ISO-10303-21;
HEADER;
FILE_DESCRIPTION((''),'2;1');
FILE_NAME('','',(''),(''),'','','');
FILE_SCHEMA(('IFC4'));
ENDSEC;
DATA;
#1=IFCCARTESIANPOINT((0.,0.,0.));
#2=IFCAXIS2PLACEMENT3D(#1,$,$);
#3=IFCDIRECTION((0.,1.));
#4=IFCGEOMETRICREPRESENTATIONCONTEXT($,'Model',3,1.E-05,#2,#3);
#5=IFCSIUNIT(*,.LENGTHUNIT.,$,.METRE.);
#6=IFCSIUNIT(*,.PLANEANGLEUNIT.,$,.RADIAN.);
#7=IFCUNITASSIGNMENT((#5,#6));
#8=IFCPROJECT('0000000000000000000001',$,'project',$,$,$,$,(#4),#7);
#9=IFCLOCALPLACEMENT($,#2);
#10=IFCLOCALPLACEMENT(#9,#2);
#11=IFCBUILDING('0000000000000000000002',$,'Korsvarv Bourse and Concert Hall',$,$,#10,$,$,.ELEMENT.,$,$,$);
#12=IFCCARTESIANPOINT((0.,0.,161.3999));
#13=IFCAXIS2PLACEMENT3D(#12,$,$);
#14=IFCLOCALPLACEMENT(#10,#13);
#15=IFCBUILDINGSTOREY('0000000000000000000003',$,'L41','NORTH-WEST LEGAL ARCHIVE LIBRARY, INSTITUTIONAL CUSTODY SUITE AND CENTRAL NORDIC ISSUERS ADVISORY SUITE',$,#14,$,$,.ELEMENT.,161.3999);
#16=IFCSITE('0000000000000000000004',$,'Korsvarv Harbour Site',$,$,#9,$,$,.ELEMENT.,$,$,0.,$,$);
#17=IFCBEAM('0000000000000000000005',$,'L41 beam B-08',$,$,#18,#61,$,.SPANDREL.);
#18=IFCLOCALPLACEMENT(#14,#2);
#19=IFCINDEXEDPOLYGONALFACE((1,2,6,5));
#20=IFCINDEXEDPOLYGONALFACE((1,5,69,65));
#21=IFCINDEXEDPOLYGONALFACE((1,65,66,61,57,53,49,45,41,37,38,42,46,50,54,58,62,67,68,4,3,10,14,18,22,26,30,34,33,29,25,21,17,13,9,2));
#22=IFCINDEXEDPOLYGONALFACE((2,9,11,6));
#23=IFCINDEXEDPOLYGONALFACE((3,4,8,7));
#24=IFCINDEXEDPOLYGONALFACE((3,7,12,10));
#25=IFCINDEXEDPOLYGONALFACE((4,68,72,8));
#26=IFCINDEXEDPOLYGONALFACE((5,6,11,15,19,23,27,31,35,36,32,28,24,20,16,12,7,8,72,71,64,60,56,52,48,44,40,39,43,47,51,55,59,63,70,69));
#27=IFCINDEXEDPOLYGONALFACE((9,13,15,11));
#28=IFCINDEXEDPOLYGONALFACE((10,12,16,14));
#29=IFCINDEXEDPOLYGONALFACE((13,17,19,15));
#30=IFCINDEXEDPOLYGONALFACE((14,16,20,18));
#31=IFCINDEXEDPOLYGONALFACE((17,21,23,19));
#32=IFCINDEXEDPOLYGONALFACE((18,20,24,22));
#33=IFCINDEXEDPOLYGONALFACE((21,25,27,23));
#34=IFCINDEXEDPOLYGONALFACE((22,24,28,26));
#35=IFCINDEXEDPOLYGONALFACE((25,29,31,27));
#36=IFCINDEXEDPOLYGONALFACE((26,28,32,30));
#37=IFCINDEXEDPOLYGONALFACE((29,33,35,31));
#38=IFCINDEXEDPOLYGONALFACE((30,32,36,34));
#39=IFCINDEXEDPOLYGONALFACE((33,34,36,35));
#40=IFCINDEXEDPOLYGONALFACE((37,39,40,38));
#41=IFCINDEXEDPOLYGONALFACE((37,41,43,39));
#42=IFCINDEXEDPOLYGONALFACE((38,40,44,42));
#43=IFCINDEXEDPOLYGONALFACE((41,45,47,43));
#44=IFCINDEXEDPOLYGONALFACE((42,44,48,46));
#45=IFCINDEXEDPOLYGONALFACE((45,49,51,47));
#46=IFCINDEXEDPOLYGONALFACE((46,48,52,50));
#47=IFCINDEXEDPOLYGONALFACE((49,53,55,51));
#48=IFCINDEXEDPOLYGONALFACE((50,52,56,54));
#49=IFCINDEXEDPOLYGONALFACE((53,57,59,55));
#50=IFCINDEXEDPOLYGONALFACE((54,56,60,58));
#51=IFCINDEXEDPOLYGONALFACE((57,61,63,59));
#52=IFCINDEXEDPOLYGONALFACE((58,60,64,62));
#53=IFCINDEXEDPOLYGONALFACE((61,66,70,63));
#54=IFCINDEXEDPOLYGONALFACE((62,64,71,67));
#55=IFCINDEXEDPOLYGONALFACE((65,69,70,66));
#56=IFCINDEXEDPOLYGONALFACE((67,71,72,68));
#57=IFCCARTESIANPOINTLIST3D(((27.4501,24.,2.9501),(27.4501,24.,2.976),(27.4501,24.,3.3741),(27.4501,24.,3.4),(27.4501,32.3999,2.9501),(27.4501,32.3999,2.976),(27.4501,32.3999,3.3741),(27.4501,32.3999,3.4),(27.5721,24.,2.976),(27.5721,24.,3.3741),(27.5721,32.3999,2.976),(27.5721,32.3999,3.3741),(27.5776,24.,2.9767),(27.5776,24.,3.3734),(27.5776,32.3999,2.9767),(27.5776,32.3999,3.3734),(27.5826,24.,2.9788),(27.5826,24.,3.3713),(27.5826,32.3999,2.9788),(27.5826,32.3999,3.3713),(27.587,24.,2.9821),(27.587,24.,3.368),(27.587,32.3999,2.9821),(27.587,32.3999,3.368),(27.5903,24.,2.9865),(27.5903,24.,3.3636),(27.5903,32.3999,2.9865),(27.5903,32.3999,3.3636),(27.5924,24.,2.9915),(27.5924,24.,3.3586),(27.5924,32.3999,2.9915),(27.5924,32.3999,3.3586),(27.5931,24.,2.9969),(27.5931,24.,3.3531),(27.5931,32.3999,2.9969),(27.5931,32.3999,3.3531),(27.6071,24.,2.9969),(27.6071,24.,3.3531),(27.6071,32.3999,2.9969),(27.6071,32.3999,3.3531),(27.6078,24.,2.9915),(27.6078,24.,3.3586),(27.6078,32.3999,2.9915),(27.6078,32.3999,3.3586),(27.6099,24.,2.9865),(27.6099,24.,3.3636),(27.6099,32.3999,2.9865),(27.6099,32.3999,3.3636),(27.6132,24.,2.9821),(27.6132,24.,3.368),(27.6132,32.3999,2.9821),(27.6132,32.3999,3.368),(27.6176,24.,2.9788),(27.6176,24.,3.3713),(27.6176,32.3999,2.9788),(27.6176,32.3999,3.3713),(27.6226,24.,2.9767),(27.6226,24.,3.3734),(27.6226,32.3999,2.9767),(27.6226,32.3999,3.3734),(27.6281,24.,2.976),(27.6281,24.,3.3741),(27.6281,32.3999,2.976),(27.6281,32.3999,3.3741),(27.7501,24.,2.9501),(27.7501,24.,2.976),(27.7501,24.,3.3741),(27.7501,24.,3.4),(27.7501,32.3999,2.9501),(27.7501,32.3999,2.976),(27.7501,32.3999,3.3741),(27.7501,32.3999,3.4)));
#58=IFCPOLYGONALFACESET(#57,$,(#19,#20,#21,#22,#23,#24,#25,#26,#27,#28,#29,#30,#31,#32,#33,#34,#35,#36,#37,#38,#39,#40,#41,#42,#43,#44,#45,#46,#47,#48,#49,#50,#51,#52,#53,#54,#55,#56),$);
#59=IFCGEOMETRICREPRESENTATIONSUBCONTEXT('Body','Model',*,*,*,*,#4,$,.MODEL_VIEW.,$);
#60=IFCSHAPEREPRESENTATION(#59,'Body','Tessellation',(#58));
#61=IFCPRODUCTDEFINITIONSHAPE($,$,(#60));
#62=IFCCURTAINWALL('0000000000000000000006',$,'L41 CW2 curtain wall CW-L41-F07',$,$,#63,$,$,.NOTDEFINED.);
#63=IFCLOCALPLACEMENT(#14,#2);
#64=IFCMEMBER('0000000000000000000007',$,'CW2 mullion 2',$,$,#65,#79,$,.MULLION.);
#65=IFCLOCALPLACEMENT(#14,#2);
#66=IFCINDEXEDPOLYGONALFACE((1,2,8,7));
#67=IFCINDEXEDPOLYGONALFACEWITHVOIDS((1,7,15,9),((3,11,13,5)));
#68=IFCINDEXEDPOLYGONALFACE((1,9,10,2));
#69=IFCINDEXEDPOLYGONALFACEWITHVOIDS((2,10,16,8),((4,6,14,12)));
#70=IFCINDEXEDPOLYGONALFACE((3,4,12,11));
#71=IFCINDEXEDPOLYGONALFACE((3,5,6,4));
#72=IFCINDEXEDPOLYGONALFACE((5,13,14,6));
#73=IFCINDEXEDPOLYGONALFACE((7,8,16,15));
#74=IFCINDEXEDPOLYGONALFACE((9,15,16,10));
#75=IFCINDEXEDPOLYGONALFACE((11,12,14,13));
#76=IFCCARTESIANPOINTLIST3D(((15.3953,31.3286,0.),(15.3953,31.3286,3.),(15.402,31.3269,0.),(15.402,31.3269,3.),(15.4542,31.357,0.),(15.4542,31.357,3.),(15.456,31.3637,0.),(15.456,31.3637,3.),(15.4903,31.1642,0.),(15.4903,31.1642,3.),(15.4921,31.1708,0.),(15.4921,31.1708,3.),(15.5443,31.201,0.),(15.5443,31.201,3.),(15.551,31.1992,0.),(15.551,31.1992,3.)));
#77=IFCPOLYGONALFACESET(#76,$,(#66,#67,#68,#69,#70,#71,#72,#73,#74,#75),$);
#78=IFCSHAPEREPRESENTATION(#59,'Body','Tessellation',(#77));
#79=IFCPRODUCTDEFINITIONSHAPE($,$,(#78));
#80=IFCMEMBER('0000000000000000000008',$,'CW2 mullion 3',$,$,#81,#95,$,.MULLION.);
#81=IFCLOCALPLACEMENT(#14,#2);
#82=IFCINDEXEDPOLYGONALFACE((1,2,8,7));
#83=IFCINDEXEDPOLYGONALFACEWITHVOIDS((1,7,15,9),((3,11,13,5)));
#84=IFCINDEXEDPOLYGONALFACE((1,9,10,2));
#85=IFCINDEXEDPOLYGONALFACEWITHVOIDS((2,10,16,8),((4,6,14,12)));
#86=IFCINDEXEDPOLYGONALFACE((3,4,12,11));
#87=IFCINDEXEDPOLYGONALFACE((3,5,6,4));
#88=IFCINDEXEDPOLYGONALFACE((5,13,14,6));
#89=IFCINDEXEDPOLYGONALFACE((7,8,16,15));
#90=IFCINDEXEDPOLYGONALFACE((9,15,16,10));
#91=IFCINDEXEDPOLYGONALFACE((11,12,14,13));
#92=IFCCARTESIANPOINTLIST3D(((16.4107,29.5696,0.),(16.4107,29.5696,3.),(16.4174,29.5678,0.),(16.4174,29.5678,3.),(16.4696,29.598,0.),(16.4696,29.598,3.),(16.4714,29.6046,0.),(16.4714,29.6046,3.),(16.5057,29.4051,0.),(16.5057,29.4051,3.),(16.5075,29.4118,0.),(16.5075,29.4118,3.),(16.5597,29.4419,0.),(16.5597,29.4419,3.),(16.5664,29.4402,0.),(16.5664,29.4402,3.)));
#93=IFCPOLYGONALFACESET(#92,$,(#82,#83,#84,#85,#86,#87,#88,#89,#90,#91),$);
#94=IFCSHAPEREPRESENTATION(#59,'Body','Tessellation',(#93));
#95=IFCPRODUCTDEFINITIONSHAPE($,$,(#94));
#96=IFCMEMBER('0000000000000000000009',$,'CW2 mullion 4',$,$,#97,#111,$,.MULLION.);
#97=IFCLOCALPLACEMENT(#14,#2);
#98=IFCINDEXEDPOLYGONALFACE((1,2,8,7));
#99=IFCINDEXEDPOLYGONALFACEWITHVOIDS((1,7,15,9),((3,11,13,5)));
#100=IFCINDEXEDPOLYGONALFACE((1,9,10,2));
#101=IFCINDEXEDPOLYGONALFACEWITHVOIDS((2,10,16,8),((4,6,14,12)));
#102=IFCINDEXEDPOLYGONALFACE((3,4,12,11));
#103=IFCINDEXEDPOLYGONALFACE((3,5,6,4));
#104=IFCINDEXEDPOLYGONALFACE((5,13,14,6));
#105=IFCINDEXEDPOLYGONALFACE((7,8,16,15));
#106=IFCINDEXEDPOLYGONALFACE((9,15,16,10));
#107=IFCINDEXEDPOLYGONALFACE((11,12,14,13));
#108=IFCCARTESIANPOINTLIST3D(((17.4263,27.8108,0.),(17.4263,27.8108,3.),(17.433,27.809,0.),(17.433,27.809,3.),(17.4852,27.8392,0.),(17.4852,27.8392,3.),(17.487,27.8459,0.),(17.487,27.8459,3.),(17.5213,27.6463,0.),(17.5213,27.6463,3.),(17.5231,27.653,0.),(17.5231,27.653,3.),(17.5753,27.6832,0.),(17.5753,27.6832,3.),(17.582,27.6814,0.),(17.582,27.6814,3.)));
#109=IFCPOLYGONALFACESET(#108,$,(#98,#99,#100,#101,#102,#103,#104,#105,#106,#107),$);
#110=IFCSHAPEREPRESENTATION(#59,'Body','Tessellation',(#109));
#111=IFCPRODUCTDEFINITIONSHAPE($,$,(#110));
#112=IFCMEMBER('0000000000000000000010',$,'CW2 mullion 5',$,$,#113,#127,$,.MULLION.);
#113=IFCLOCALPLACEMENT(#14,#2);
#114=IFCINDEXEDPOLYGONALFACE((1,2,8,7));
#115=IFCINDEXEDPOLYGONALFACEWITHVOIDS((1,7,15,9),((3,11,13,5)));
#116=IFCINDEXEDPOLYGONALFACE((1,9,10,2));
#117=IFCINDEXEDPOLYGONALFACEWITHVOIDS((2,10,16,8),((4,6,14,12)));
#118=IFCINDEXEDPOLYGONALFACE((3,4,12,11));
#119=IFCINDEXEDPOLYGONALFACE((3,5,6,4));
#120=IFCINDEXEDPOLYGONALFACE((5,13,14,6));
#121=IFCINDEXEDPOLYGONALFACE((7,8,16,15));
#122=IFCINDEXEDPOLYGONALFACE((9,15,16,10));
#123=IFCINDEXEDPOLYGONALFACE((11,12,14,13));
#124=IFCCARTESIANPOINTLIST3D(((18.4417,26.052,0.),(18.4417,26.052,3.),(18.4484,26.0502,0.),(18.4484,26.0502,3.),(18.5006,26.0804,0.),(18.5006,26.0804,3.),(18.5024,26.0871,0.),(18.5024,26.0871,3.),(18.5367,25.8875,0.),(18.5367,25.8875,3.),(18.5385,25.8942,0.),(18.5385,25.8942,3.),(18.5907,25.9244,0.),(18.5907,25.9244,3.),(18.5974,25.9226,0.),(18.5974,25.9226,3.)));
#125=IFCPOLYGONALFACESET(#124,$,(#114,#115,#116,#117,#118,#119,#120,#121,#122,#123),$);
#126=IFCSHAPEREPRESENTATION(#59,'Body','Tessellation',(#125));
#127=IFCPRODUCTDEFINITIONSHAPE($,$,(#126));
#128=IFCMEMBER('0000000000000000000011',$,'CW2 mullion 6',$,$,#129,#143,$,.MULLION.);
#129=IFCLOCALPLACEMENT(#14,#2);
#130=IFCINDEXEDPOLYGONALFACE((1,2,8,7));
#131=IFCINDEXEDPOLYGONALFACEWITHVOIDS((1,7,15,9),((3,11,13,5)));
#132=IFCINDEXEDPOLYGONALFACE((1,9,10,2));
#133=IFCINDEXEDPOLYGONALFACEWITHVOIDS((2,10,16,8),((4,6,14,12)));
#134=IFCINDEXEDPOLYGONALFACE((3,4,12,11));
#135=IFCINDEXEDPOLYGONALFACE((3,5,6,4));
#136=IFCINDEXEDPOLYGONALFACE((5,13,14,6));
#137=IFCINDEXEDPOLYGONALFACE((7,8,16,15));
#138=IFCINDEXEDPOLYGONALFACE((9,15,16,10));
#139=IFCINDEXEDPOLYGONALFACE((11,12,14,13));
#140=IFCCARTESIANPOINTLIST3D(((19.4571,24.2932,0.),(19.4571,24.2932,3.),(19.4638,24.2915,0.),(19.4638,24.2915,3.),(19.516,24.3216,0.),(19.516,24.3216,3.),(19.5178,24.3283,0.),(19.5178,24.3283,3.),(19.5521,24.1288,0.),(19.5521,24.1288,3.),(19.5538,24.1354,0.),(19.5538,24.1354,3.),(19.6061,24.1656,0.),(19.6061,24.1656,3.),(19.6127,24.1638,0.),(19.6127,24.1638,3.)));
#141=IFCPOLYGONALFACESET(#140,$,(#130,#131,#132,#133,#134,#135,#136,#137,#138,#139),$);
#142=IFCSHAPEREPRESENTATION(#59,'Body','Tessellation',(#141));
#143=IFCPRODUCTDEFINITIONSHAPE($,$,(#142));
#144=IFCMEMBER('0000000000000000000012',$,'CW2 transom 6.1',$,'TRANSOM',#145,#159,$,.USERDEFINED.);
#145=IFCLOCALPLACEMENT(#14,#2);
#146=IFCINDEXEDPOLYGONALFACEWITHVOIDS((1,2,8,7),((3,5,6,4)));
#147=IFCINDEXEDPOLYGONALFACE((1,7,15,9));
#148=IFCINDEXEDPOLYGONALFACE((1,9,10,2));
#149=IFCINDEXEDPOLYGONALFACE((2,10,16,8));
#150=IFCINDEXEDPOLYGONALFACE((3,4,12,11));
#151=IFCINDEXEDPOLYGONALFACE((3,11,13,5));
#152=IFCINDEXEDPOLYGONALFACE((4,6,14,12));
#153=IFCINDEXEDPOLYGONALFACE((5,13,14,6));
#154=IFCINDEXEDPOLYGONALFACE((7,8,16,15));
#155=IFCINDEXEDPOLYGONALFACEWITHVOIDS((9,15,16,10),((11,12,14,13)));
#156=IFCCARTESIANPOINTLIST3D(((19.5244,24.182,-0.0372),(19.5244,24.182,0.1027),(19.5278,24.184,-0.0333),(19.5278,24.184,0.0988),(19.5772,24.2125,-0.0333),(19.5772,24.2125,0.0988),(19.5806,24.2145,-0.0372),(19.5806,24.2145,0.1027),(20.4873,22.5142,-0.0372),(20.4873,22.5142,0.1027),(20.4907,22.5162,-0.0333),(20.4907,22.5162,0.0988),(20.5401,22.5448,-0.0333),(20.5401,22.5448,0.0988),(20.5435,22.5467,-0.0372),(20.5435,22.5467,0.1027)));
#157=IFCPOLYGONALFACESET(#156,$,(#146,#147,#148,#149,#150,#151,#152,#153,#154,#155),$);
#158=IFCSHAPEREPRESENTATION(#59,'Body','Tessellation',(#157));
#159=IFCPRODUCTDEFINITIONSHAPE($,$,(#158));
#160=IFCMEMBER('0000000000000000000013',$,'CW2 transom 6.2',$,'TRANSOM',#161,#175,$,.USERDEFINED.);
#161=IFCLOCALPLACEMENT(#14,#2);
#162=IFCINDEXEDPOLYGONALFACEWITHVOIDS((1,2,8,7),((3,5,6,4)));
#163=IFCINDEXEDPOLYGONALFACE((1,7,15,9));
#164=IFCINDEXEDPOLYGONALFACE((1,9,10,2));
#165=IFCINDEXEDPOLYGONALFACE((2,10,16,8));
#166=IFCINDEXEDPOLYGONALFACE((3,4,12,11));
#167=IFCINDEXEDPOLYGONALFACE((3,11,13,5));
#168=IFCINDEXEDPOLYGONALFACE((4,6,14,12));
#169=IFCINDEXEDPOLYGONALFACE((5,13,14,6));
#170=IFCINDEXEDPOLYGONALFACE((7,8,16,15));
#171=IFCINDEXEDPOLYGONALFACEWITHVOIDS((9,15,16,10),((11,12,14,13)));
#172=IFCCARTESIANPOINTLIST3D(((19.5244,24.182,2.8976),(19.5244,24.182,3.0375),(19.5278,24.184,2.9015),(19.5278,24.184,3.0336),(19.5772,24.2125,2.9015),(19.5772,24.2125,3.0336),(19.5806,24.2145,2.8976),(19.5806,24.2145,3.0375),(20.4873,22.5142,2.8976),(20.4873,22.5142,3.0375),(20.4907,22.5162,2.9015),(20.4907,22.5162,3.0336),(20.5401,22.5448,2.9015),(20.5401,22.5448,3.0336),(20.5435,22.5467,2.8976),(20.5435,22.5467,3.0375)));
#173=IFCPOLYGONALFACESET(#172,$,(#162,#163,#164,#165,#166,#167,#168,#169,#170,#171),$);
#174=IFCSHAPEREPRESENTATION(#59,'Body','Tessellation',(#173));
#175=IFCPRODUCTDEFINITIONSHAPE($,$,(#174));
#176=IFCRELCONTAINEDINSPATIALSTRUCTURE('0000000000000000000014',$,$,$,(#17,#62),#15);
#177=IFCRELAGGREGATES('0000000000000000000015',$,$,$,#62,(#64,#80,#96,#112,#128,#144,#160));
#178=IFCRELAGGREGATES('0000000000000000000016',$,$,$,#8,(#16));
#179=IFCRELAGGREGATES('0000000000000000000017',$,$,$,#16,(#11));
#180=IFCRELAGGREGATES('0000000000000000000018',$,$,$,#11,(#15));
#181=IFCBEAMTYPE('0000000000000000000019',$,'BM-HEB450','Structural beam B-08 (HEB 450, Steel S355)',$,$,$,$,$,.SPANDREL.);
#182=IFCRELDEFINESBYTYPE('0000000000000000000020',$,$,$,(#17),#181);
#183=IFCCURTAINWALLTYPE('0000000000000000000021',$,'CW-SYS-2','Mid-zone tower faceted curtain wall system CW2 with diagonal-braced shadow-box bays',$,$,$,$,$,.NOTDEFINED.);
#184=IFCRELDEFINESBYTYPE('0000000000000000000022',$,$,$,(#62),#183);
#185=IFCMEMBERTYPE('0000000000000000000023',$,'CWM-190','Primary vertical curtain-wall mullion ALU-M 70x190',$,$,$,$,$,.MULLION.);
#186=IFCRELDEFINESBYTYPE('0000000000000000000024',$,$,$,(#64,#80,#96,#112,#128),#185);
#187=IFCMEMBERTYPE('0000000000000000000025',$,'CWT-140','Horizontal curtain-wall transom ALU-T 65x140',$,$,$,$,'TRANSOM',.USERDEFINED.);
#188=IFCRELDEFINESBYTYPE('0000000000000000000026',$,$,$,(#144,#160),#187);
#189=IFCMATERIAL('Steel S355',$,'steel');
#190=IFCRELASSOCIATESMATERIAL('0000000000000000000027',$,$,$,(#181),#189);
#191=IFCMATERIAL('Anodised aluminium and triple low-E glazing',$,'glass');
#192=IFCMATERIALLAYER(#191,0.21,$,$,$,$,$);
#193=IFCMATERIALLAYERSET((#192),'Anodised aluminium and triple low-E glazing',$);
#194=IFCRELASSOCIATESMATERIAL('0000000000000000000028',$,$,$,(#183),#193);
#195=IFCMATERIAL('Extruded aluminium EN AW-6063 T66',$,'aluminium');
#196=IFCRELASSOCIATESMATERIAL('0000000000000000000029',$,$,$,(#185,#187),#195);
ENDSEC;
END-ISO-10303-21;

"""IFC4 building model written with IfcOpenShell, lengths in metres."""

from ifc_helpers import new_model, si_unit, direction, frame, origin, origin_2d, place, context, subcontext, project, spatial, hollow_rectangle, i_section, extrude, source, transform, mapped, material, layer, layer_set, material_profile, profile_set, type_object, element, aggregate, save


model = new_model("IFC4")

# Units and contexts
model_context = context("Model", 3, precision=1e-05, world=origin(), true_north=direction((0.0, 1.0)))
body_context = subcontext(model_context, "Body", "Model", "MODEL_VIEW")
ifc_project = project(units=[si_unit("LENGTHUNIT", "METRE"), si_unit("PLANEANGLEUNIT", "RADIAN")], contexts=[model_context])

# Site, building, storey
site_placement = place(None, origin())
site = spatial("IfcSite", under=ifc_project, at=site_placement, Name="Korsvarv Harbour Site", CompositionType="ELEMENT", RefElevation=0.0)
building_placement = place(site_placement, origin())
building = spatial("IfcBuilding", under=site, at=building_placement, Name="Korsvarv Bourse and Concert Hall", CompositionType="ELEMENT")
storey_placement = place(building_placement, frame((0.0, 0.0, 161.3999)))
storey = spatial("IfcBuildingStorey", under=building, at=storey_placement, Name="L41", Description="NORTH-WEST LEGAL ARCHIVE LIBRARY, INSTITUTIONAL CUSTODY SUITE AND CENTRAL NORDIC ISSUERS ADVISORY SUITE", CompositionType="ELEMENT", Elevation=161.3999)

# Beam
ifc_material_1 = material(Name="Steel S355", Category="steel")
ifc_material_profile_1 = material_profile(ifc_material_1, i_section(OverallWidth=0.3, OverallDepth=0.45, WebThickness=0.0139, FlangeThickness=0.0259, FilletRadius=0.021, at=origin_2d()), Name="HEB 450")
ifc_profile_set_1 = profile_set([ifc_material_profile_1], Name="Steel S355")
beam_type_1 = type_object("IfcBeamType", Name="BM-HEB450", Description="Structural beam B-08 (HEB 450, Steel S355)", PredefinedType="SPANDREL", material=ifc_profile_set_1)
shared_shape_1 = source(origin(), body_context, "Body", "SweptSolid", [
    extrude(i_section(OverallWidth=0.3, OverallDepth=0.45, WebThickness=0.0139, FlangeThickness=0.0259, FilletRadius=0.021, at=origin_2d()), origin(), (0.0, 0.0, 1.0), 8.3999),
])
for number, where, z_axis, x_axis, name in (
    (1, (27.6001, 24.0, 3.175), (0.0, 1.0, 0.0), (-1.0, 0.0, 0.0), "L41 beam B-08"),
):
    element("IfcBeam", number, at=place(storey_placement, frame(where, z_axis=z_axis, x_axis=x_axis)), inside=storey, type_object=beam_type_1, Name=name, PredefinedType="SPANDREL", context=body_context, shape_type="MappedRepresentation", body=[
        mapped(shared_shape_1, transform((0.0, 0.0, 0.0), scale=1.0)),
    ])

# Curtain wall, members
ifc_material_2 = material(Name="Anodised aluminium and triple low-E glazing", Category="glass")
ifc_layer_1 = layer(ifc_material_2, 0.21)
ifc_layer_set_1 = layer_set([ifc_layer_1], Name="Anodised aluminium and triple low-E glazing")
curtain_wall_type = type_object("IfcCurtainWallType", Name="CW-SYS-2", Description="Mid-zone tower faceted curtain wall system CW2 with diagonal-braced shadow-box bays", PredefinedType="NOTDEFINED", material=ifc_layer_set_1)
curtain_wall_placement = place(storey_placement, origin())
curtain_wall = element("IfcCurtainWall", 2, at=curtain_wall_placement, inside=storey, type_object=curtain_wall_type, Name="L41 CW2 curtain wall CW-L41-F07", PredefinedType="NOTDEFINED")
ifc_material_3 = material(Name="Extruded aluminium EN AW-6063 T66", Category="aluminium")
ifc_material_profile_2 = material_profile(ifc_material_3, hollow_rectangle(XDim=0.0701, YDim=0.1899, WallThickness=0.0049, at=origin_2d()), Name="ALU-M 70x190")
ifc_profile_set_2 = profile_set([ifc_material_profile_2], Name="Extruded aluminium EN AW-6063 T66")
member_type_1 = type_object("IfcMemberType", Name="CWM-190", Description="Primary vertical curtain-wall mullion ALU-M 70x190", PredefinedType="MULLION", material=ifc_profile_set_2)
shared_shape_2 = source(origin(), body_context, "Body", "SweptSolid", [
    extrude(hollow_rectangle(XDim=0.0701, YDim=0.1899, WallThickness=0.0049, at=origin_2d()), origin(), (0.0, 0.0, 1.0), 3.0),
])
member_1_placement = place(storey_placement, frame((15.4731, 31.2639, 0.0), z_axis=(0.0, 0.0, 1.0), x_axis=(0.866024, 0.500002, 0.0)))
member_1 = element("IfcMember", 3, at=member_1_placement, type_object=member_type_1, Name="CW2 mullion 2", PredefinedType="MULLION", context=body_context, shape_type="MappedRepresentation", body=[
    mapped(shared_shape_2, transform((0.0, 0.0, 0.0), scale=1.0)),
])
member_2_placement = place(storey_placement, frame((16.4885, 29.5049, 0.0), z_axis=(0.0, 0.0, 1.0), x_axis=(0.866024, 0.500002, 0.0)))
member_2 = element("IfcMember", 4, at=member_2_placement, type_object=member_type_1, Name="CW2 mullion 3", PredefinedType="MULLION", context=body_context, shape_type="MappedRepresentation", body=[
    mapped(shared_shape_2, transform((0.0, 0.0, 0.0), scale=1.0)),
])
member_3_placement = place(storey_placement, frame((17.5042, 27.7461, 0.0), z_axis=(0.0, 0.0, 1.0), x_axis=(0.866024, 0.500002, 0.0)))
member_3 = element("IfcMember", 5, at=member_3_placement, type_object=member_type_1, Name="CW2 mullion 4", PredefinedType="MULLION", context=body_context, shape_type="MappedRepresentation", body=[
    mapped(shared_shape_2, transform((0.0, 0.0, 0.0), scale=1.0)),
])
member_4_placement = place(storey_placement, frame((18.5195, 25.9873, 0.0), z_axis=(0.0, 0.0, 1.0), x_axis=(0.866024, 0.500002, 0.0)))
member_4 = element("IfcMember", 6, at=member_4_placement, type_object=member_type_1, Name="CW2 mullion 5", PredefinedType="MULLION", context=body_context, shape_type="MappedRepresentation", body=[
    mapped(shared_shape_2, transform((0.0, 0.0, 0.0), scale=1.0)),
])
member_5_placement = place(storey_placement, frame((19.5349, 24.2285, 0.0), z_axis=(0.0, 0.0, 1.0), x_axis=(0.866024, 0.500002, 0.0)))
member_5 = element("IfcMember", 7, at=member_5_placement, type_object=member_type_1, Name="CW2 mullion 6", PredefinedType="MULLION", context=body_context, shape_type="MappedRepresentation", body=[
    mapped(shared_shape_2, transform((0.0, 0.0, 0.0), scale=1.0)),
])
ifc_material_profile_3 = material_profile(ifc_material_3, hollow_rectangle(XDim=0.0649, YDim=0.1399, WallThickness=0.0039, at=origin_2d()), Name="ALU-T 65x140")
ifc_profile_set_3 = profile_set([ifc_material_profile_3], Name="Extruded aluminium EN AW-6063 T66")
member_type_2 = type_object("IfcMemberType", Name="CWT-140", Description="Horizontal curtain-wall transom ALU-T 65x140", ElementType="TRANSOM", PredefinedType="USERDEFINED", material=ifc_profile_set_3)
shared_shape_3 = source(origin(), body_context, "Body", "SweptSolid", [
    extrude(hollow_rectangle(XDim=0.0649, YDim=0.1399, WallThickness=0.0039, at=origin_2d()), origin(), (0.0, 0.0, 1.0), 1.9258),
])
member_6_placement = place(storey_placement, frame((19.5525, 24.1982, 0.0327), z_axis=(0.500011, -0.866019, 0.0), x_axis=(0.866019, 0.500011, 0.0)))
member_6 = element("IfcMember", 8, at=member_6_placement, type_object=member_type_2, Name="CW2 transom 6.1", ObjectType="TRANSOM", PredefinedType="USERDEFINED", context=body_context, shape_type="MappedRepresentation", body=[
    mapped(shared_shape_3, transform((0.0, 0.0, 0.0), scale=1.0)),
])
member_7_placement = place(storey_placement, frame((19.5525, 24.1982, 2.9675), z_axis=(0.500011, -0.866019, 0.0), x_axis=(0.866019, 0.500011, 0.0)))
member_7 = element("IfcMember", 9, at=member_7_placement, type_object=member_type_2, Name="CW2 transom 6.2", ObjectType="TRANSOM", PredefinedType="USERDEFINED", context=body_context, shape_type="MappedRepresentation", body=[
    mapped(shared_shape_3, transform((0.0, 0.0, 0.0), scale=1.0)),
])
aggregate(curtain_wall, [member_1, member_2, member_3, member_4, member_5, member_6, member_7])

save(model, "model.ifc")
